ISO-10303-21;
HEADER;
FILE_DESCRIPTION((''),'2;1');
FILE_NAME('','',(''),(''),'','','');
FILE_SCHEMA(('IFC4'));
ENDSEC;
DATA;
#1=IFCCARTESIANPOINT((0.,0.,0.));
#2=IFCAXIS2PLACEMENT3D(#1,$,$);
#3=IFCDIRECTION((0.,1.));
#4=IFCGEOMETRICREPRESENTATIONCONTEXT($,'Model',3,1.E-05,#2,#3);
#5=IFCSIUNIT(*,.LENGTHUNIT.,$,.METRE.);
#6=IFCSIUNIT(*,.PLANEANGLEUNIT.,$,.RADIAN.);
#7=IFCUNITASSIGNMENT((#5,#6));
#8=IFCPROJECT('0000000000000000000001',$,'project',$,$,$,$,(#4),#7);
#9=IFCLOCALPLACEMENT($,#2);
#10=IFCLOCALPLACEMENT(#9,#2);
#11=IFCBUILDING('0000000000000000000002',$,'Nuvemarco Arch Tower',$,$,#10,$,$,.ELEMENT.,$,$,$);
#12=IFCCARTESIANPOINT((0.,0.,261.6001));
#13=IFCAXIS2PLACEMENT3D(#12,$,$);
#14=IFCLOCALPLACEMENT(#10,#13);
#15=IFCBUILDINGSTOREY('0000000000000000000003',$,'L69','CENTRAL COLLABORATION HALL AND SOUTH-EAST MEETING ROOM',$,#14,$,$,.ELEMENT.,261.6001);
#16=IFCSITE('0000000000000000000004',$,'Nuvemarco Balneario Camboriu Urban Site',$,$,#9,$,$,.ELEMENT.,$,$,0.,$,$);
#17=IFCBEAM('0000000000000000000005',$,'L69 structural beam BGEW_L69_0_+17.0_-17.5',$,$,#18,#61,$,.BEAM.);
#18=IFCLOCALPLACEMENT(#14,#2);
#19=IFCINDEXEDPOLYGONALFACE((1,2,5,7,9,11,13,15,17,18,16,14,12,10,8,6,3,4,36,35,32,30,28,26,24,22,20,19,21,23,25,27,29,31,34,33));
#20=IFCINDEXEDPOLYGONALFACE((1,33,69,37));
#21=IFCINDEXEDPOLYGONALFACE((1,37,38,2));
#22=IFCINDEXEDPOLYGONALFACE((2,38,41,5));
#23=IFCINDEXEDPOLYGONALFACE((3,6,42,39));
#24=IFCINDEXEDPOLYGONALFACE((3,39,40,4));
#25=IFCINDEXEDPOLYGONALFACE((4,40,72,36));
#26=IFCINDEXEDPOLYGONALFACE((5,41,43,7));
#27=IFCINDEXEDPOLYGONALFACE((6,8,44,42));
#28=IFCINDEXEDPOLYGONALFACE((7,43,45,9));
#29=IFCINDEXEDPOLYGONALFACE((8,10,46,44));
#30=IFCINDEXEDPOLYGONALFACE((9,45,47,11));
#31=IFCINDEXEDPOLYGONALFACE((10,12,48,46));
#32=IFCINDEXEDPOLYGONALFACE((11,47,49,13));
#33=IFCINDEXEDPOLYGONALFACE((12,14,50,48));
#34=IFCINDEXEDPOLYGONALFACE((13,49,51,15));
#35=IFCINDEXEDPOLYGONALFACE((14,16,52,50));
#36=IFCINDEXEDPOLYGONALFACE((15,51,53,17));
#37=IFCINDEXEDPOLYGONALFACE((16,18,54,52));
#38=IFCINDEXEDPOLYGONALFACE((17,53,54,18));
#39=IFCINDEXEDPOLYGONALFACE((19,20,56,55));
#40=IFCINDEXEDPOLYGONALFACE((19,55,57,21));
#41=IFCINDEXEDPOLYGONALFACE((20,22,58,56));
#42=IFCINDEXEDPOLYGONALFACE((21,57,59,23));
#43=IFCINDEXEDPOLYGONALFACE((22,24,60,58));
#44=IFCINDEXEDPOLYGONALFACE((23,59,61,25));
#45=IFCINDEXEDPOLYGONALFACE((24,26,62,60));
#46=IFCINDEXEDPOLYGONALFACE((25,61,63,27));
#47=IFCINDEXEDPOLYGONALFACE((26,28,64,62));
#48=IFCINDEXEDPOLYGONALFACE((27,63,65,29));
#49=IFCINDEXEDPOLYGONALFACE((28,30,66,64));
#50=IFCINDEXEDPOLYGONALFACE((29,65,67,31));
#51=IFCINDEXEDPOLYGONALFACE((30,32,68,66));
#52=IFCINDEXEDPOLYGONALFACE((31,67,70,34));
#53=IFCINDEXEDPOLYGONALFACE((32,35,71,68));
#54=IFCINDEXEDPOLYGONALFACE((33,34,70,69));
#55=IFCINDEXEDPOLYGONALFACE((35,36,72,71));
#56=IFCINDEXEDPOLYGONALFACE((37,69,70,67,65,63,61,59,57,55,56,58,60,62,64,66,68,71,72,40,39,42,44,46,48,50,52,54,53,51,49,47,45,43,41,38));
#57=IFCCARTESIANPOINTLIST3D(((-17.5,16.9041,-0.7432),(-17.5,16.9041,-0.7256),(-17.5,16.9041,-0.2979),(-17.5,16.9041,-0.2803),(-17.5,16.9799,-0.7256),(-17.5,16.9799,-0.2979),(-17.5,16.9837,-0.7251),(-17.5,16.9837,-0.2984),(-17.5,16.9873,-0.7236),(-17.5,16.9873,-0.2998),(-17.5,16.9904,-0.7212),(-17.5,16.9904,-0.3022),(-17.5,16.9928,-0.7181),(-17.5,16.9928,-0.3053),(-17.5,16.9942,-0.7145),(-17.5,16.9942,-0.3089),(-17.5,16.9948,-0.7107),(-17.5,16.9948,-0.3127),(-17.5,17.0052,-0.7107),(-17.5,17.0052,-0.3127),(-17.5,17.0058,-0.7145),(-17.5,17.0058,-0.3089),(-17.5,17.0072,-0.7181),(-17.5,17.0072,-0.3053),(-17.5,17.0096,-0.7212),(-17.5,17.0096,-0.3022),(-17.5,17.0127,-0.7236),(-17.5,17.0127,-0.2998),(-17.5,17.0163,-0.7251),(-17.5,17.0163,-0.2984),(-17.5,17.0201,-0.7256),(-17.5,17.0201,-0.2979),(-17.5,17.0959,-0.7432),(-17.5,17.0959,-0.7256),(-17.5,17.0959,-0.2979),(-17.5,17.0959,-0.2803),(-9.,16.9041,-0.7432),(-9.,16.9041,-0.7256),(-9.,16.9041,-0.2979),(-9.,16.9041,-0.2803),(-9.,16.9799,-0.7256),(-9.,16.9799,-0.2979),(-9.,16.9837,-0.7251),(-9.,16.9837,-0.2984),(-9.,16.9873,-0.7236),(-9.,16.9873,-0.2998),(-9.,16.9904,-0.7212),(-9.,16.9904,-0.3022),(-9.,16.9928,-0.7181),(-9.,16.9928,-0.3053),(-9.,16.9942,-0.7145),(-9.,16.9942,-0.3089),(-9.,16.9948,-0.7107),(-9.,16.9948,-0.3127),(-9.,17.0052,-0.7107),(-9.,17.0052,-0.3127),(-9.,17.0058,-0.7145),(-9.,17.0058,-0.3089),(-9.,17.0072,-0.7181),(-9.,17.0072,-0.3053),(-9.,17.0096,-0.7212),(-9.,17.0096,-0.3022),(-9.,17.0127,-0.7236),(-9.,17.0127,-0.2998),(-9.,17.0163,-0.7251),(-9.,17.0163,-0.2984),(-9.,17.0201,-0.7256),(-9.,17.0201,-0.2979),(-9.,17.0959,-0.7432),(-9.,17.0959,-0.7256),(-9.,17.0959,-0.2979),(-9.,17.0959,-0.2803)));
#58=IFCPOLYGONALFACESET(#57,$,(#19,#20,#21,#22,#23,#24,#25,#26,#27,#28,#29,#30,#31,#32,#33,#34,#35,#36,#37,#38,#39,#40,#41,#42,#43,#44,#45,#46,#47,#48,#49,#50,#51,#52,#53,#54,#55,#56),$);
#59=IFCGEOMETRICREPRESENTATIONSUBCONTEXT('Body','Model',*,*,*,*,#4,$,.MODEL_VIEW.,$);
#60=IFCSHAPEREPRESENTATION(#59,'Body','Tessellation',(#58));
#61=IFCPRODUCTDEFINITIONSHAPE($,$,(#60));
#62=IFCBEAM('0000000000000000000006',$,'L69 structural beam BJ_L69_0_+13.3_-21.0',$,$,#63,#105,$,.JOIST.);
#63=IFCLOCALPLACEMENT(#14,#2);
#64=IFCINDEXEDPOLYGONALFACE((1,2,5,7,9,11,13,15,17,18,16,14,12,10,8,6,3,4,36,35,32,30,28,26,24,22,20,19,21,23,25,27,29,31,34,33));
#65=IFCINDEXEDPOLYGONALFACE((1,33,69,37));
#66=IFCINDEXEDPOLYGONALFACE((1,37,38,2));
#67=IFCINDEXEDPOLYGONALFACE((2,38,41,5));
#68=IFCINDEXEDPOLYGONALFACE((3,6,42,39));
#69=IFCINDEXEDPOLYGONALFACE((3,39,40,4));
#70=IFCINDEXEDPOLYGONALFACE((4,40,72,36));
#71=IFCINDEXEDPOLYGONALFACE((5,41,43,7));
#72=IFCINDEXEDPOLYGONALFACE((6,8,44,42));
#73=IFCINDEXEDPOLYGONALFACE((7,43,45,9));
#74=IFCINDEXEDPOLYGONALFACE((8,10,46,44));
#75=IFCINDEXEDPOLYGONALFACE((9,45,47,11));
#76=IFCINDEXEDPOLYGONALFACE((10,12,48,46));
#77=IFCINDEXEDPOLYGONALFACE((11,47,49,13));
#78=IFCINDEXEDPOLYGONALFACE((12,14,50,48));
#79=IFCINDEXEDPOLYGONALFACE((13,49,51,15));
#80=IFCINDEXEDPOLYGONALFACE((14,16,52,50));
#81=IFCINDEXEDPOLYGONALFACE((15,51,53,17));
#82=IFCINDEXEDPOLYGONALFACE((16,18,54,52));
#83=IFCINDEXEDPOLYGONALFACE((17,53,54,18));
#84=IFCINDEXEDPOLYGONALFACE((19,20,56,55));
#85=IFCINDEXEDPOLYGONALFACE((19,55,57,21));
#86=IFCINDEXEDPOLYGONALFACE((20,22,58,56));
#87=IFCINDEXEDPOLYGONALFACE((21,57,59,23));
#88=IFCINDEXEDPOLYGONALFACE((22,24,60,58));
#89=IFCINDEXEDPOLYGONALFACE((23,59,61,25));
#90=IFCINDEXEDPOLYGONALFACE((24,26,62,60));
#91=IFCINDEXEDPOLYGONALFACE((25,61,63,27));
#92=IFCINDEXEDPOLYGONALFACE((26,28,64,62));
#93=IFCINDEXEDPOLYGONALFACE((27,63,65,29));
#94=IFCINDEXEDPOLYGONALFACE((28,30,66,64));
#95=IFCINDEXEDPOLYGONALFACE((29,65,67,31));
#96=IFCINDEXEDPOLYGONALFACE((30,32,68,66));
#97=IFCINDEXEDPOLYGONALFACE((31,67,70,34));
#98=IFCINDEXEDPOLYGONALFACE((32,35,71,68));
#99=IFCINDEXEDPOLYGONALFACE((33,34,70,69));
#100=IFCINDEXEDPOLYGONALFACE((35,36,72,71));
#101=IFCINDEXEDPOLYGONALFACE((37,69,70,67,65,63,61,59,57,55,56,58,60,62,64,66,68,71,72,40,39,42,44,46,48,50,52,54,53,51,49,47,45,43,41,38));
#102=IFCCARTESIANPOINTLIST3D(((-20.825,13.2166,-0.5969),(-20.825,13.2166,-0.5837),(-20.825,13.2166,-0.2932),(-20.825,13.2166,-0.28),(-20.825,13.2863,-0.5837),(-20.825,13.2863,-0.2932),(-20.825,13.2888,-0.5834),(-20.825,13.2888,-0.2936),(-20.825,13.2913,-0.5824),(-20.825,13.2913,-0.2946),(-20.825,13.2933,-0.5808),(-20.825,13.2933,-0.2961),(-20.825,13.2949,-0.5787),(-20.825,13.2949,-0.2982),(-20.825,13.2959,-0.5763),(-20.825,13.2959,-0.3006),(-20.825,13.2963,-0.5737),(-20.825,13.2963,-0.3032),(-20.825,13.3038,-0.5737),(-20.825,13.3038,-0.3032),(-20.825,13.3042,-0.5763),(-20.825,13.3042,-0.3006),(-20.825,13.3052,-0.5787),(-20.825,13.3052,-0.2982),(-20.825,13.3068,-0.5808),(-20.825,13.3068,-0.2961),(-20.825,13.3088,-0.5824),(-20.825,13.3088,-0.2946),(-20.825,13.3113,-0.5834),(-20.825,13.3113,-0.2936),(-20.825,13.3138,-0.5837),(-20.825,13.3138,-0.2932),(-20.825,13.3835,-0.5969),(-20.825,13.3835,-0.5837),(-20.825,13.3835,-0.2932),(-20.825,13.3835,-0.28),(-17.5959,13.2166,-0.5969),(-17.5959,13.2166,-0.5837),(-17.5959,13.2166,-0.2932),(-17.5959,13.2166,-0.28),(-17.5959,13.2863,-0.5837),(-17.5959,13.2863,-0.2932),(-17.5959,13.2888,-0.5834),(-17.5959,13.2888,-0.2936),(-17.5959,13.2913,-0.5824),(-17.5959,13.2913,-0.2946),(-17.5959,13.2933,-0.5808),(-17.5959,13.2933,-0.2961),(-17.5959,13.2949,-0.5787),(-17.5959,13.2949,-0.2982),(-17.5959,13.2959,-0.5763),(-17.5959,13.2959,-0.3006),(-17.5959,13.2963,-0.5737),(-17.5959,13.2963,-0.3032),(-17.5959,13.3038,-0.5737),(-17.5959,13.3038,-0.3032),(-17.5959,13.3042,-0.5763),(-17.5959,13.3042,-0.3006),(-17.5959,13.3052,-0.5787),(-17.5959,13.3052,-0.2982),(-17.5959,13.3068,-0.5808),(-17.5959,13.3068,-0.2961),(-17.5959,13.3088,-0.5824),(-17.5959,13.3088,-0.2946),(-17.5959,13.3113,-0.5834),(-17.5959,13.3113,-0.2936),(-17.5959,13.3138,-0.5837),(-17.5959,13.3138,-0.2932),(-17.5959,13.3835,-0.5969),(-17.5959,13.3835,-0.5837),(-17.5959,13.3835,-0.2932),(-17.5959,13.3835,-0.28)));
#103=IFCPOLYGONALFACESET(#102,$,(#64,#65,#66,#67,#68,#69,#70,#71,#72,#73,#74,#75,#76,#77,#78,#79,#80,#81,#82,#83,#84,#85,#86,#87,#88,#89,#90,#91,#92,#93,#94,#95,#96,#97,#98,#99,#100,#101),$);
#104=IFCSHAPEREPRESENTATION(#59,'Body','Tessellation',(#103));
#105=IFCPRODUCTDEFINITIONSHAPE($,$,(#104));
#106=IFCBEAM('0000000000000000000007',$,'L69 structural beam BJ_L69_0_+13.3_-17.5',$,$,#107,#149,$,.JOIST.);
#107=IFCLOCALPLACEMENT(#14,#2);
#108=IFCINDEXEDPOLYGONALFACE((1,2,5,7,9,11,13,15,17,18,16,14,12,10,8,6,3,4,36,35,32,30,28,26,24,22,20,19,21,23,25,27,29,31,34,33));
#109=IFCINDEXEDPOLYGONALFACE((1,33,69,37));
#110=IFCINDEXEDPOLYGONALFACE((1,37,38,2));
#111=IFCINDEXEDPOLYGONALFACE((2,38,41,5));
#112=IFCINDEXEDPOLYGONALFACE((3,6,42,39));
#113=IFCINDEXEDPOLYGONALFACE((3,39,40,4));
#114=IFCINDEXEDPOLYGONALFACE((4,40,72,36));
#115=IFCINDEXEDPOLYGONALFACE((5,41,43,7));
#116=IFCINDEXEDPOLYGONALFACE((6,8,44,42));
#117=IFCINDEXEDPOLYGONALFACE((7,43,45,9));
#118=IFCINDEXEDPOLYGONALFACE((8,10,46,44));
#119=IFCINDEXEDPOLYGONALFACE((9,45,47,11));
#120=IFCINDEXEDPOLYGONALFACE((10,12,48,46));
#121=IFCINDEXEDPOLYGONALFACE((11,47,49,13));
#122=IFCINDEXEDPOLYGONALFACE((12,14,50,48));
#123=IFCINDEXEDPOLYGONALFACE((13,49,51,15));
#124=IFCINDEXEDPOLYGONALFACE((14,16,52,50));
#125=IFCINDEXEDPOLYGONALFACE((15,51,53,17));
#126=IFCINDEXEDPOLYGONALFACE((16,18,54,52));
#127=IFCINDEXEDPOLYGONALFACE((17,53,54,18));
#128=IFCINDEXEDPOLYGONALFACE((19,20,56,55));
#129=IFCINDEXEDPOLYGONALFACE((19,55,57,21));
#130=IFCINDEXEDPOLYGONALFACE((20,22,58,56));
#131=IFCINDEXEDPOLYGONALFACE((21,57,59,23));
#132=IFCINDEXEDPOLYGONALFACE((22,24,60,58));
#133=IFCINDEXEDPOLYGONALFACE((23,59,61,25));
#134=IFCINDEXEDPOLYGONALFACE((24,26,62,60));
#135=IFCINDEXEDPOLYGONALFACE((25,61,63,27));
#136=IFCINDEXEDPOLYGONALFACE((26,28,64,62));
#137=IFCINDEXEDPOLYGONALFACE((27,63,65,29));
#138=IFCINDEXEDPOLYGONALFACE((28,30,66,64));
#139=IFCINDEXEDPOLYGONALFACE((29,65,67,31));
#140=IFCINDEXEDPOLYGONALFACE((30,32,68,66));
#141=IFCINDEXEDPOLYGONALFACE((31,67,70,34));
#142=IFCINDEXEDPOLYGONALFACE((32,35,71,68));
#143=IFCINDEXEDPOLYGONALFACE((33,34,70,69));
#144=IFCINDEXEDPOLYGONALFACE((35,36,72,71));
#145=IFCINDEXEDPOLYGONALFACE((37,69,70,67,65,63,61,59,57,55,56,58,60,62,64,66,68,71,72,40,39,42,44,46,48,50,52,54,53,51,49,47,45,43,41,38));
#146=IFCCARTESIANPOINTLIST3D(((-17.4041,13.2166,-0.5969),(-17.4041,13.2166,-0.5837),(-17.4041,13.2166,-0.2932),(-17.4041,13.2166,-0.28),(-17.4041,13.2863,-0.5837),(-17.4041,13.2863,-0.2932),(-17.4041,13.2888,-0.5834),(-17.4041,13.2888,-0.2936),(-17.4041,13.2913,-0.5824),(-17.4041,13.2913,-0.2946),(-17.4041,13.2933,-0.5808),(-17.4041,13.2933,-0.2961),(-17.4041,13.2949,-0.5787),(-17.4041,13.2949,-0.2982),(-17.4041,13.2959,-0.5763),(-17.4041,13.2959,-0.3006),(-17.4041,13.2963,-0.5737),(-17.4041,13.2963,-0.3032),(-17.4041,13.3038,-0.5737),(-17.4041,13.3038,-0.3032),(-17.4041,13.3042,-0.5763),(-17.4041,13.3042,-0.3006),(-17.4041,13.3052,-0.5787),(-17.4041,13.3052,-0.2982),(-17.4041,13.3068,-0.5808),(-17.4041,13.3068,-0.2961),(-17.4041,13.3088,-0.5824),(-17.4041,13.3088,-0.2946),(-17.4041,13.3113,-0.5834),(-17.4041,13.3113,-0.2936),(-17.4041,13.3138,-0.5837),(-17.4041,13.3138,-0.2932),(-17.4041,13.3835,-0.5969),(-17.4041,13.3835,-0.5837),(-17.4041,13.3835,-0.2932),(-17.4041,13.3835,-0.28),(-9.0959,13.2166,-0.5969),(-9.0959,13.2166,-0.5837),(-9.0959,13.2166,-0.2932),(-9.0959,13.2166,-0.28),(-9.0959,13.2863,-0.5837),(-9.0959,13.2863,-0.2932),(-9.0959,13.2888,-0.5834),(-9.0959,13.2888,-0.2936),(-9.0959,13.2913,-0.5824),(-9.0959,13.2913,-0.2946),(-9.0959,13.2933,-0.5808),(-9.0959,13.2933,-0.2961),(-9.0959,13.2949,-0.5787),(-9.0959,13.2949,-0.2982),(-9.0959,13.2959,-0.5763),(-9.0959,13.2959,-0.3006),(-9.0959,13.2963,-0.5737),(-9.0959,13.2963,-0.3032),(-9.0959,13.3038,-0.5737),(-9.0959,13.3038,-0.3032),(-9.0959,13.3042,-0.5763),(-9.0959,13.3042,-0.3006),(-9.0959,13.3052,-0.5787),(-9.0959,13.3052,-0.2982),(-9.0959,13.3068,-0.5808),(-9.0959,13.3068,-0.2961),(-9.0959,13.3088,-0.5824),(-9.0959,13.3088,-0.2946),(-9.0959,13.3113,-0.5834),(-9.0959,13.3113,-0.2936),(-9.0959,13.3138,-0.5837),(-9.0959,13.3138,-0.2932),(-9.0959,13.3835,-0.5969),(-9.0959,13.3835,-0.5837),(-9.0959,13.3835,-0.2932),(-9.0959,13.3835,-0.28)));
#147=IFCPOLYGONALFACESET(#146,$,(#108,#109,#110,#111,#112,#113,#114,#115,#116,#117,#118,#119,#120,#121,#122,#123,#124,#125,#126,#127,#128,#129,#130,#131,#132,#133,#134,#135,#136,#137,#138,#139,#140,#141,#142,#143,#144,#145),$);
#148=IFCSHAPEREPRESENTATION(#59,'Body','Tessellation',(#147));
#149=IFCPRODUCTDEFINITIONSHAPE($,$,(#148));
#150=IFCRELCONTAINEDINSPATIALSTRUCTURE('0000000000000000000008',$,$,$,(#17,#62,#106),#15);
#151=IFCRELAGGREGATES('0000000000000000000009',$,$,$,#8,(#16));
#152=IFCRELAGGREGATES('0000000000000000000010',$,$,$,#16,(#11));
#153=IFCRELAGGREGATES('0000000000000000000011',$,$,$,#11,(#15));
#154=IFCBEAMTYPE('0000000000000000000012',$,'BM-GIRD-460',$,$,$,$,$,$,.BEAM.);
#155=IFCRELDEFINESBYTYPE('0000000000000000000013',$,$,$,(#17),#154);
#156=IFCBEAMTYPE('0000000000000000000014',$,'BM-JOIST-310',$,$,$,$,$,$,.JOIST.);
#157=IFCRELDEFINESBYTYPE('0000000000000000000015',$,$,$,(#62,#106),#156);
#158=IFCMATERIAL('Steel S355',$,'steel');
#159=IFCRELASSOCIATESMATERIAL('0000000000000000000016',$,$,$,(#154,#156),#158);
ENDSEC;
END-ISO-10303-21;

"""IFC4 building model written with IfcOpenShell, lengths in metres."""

from ifc_helpers import new_model, si_unit, direction, frame, origin, origin_2d, place, context, subcontext, project, spatial, i_section, extrude, material, material_profile, profile_set, type_object, element, save


model = new_model("IFC4")

# Units and contexts
model_context = context("Model", 3, precision=1e-05, world=origin(), true_north=direction((0.0, 1.0)))
body_context = subcontext(model_context, "Body", "Model", "MODEL_VIEW")
ifc_project = project(units=[si_unit("LENGTHUNIT", "METRE"), si_unit("PLANEANGLEUNIT", "RADIAN")], contexts=[model_context])

# Site, building, storey
site_placement = place(None, origin())
site = spatial("IfcSite", under=ifc_project, at=site_placement, Name="Nuvemarco Balneario Camboriu Urban Site", CompositionType="ELEMENT", RefElevation=0.0)
building_placement = place(site_placement, origin())
building = spatial("IfcBuilding", under=site, at=building_placement, Name="Nuvemarco Arch Tower", CompositionType="ELEMENT")
storey_placement = place(building_placement, frame((0.0, 0.0, 261.6001)))
storey = spatial("IfcBuildingStorey", under=building, at=storey_placement, Name="L69", Description="CENTRAL COLLABORATION HALL AND SOUTH-EAST MEETING ROOM", CompositionType="ELEMENT", Elevation=261.6001)

# Shared definitions
ifc_material_1 = material(Name="Steel S355", Category="steel")

# Beams
ifc_material_profile_1 = material_profile(ifc_material_1, i_section(OverallWidth=0.1919, OverallDepth=0.4629, WebThickness=0.0105, FlangeThickness=0.0176, FilletRadius=0.0149, at=origin_2d()), Name="W460x89")
ifc_profile_set_1 = profile_set([ifc_material_profile_1], Name="Steel S355")
beam_type_1 = type_object("IfcBeamType", Name="BM-GIRD-460", PredefinedType="BEAM", material=ifc_profile_set_1)
beam_1_placement = place(storey_placement, frame((-17.5, 17.0, -0.5117), z_axis=(1.0, 0.0, 0.0), x_axis=(0.0, 1.0, 0.0)))
element("IfcBeam", 1, at=beam_1_placement, inside=storey, type_object=beam_type_1, Name="L69 structural beam BGEW_L69_0_+17.0_-17.5", PredefinedType="BEAM", context=body_context, shape_type="SweptSolid", body=[
    extrude(i_section(OverallWidth=0.1919, OverallDepth=0.4629, WebThickness=0.0105, FlangeThickness=0.0176, FilletRadius=0.0149, at=origin_2d()), origin(), (0.0, 0.0, 1.0), 8.5),
])
ifc_material_profile_2 = material_profile(ifc_material_1, i_section(OverallWidth=0.167, OverallDepth=0.3169, WebThickness=0.0076, FlangeThickness=0.0132, FilletRadius=0.01, at=origin_2d()), Name="W310x52")
ifc_profile_set_2 = profile_set([ifc_material_profile_2], Name="Steel S355")
beam_type_2 = type_object("IfcBeamType", Name="BM-JOIST-310", PredefinedType="JOIST", material=ifc_profile_set_2)
beam_2_placement = place(storey_placement, frame((-20.825, 13.3, -0.4385), z_axis=(1.0, 0.0, 0.0), x_axis=(0.0, 1.0, 0.0)))
element("IfcBeam", 2, at=beam_2_placement, inside=storey, type_object=beam_type_2, Name="L69 structural beam BJ_L69_0_+13.3_-21.0", PredefinedType="JOIST", context=body_context, shape_type="SweptSolid", body=[
    extrude(i_section(OverallWidth=0.167, OverallDepth=0.3169, WebThickness=0.0076, FlangeThickness=0.0132, FilletRadius=0.01, at=origin_2d()), origin(), (0.0, 0.0, 1.0), 3.229),
])
beam_3_placement = place(storey_placement, frame((-17.4041, 13.3, -0.4385), z_axis=(1.0, 0.0, 0.0), x_axis=(0.0, 1.0, 0.0)))
element("IfcBeam", 3, at=beam_3_placement, inside=storey, type_object=beam_type_2, Name="L69 structural beam BJ_L69_0_+13.3_-17.5", PredefinedType="JOIST", context=body_context, shape_type="SweptSolid", body=[
    extrude(i_section(OverallWidth=0.167, OverallDepth=0.3169, WebThickness=0.0076, FlangeThickness=0.0132, FilletRadius=0.01, at=origin_2d()), origin(), (0.0, 0.0, 1.0), 8.3081),
])

save(model, "model.ifc")
